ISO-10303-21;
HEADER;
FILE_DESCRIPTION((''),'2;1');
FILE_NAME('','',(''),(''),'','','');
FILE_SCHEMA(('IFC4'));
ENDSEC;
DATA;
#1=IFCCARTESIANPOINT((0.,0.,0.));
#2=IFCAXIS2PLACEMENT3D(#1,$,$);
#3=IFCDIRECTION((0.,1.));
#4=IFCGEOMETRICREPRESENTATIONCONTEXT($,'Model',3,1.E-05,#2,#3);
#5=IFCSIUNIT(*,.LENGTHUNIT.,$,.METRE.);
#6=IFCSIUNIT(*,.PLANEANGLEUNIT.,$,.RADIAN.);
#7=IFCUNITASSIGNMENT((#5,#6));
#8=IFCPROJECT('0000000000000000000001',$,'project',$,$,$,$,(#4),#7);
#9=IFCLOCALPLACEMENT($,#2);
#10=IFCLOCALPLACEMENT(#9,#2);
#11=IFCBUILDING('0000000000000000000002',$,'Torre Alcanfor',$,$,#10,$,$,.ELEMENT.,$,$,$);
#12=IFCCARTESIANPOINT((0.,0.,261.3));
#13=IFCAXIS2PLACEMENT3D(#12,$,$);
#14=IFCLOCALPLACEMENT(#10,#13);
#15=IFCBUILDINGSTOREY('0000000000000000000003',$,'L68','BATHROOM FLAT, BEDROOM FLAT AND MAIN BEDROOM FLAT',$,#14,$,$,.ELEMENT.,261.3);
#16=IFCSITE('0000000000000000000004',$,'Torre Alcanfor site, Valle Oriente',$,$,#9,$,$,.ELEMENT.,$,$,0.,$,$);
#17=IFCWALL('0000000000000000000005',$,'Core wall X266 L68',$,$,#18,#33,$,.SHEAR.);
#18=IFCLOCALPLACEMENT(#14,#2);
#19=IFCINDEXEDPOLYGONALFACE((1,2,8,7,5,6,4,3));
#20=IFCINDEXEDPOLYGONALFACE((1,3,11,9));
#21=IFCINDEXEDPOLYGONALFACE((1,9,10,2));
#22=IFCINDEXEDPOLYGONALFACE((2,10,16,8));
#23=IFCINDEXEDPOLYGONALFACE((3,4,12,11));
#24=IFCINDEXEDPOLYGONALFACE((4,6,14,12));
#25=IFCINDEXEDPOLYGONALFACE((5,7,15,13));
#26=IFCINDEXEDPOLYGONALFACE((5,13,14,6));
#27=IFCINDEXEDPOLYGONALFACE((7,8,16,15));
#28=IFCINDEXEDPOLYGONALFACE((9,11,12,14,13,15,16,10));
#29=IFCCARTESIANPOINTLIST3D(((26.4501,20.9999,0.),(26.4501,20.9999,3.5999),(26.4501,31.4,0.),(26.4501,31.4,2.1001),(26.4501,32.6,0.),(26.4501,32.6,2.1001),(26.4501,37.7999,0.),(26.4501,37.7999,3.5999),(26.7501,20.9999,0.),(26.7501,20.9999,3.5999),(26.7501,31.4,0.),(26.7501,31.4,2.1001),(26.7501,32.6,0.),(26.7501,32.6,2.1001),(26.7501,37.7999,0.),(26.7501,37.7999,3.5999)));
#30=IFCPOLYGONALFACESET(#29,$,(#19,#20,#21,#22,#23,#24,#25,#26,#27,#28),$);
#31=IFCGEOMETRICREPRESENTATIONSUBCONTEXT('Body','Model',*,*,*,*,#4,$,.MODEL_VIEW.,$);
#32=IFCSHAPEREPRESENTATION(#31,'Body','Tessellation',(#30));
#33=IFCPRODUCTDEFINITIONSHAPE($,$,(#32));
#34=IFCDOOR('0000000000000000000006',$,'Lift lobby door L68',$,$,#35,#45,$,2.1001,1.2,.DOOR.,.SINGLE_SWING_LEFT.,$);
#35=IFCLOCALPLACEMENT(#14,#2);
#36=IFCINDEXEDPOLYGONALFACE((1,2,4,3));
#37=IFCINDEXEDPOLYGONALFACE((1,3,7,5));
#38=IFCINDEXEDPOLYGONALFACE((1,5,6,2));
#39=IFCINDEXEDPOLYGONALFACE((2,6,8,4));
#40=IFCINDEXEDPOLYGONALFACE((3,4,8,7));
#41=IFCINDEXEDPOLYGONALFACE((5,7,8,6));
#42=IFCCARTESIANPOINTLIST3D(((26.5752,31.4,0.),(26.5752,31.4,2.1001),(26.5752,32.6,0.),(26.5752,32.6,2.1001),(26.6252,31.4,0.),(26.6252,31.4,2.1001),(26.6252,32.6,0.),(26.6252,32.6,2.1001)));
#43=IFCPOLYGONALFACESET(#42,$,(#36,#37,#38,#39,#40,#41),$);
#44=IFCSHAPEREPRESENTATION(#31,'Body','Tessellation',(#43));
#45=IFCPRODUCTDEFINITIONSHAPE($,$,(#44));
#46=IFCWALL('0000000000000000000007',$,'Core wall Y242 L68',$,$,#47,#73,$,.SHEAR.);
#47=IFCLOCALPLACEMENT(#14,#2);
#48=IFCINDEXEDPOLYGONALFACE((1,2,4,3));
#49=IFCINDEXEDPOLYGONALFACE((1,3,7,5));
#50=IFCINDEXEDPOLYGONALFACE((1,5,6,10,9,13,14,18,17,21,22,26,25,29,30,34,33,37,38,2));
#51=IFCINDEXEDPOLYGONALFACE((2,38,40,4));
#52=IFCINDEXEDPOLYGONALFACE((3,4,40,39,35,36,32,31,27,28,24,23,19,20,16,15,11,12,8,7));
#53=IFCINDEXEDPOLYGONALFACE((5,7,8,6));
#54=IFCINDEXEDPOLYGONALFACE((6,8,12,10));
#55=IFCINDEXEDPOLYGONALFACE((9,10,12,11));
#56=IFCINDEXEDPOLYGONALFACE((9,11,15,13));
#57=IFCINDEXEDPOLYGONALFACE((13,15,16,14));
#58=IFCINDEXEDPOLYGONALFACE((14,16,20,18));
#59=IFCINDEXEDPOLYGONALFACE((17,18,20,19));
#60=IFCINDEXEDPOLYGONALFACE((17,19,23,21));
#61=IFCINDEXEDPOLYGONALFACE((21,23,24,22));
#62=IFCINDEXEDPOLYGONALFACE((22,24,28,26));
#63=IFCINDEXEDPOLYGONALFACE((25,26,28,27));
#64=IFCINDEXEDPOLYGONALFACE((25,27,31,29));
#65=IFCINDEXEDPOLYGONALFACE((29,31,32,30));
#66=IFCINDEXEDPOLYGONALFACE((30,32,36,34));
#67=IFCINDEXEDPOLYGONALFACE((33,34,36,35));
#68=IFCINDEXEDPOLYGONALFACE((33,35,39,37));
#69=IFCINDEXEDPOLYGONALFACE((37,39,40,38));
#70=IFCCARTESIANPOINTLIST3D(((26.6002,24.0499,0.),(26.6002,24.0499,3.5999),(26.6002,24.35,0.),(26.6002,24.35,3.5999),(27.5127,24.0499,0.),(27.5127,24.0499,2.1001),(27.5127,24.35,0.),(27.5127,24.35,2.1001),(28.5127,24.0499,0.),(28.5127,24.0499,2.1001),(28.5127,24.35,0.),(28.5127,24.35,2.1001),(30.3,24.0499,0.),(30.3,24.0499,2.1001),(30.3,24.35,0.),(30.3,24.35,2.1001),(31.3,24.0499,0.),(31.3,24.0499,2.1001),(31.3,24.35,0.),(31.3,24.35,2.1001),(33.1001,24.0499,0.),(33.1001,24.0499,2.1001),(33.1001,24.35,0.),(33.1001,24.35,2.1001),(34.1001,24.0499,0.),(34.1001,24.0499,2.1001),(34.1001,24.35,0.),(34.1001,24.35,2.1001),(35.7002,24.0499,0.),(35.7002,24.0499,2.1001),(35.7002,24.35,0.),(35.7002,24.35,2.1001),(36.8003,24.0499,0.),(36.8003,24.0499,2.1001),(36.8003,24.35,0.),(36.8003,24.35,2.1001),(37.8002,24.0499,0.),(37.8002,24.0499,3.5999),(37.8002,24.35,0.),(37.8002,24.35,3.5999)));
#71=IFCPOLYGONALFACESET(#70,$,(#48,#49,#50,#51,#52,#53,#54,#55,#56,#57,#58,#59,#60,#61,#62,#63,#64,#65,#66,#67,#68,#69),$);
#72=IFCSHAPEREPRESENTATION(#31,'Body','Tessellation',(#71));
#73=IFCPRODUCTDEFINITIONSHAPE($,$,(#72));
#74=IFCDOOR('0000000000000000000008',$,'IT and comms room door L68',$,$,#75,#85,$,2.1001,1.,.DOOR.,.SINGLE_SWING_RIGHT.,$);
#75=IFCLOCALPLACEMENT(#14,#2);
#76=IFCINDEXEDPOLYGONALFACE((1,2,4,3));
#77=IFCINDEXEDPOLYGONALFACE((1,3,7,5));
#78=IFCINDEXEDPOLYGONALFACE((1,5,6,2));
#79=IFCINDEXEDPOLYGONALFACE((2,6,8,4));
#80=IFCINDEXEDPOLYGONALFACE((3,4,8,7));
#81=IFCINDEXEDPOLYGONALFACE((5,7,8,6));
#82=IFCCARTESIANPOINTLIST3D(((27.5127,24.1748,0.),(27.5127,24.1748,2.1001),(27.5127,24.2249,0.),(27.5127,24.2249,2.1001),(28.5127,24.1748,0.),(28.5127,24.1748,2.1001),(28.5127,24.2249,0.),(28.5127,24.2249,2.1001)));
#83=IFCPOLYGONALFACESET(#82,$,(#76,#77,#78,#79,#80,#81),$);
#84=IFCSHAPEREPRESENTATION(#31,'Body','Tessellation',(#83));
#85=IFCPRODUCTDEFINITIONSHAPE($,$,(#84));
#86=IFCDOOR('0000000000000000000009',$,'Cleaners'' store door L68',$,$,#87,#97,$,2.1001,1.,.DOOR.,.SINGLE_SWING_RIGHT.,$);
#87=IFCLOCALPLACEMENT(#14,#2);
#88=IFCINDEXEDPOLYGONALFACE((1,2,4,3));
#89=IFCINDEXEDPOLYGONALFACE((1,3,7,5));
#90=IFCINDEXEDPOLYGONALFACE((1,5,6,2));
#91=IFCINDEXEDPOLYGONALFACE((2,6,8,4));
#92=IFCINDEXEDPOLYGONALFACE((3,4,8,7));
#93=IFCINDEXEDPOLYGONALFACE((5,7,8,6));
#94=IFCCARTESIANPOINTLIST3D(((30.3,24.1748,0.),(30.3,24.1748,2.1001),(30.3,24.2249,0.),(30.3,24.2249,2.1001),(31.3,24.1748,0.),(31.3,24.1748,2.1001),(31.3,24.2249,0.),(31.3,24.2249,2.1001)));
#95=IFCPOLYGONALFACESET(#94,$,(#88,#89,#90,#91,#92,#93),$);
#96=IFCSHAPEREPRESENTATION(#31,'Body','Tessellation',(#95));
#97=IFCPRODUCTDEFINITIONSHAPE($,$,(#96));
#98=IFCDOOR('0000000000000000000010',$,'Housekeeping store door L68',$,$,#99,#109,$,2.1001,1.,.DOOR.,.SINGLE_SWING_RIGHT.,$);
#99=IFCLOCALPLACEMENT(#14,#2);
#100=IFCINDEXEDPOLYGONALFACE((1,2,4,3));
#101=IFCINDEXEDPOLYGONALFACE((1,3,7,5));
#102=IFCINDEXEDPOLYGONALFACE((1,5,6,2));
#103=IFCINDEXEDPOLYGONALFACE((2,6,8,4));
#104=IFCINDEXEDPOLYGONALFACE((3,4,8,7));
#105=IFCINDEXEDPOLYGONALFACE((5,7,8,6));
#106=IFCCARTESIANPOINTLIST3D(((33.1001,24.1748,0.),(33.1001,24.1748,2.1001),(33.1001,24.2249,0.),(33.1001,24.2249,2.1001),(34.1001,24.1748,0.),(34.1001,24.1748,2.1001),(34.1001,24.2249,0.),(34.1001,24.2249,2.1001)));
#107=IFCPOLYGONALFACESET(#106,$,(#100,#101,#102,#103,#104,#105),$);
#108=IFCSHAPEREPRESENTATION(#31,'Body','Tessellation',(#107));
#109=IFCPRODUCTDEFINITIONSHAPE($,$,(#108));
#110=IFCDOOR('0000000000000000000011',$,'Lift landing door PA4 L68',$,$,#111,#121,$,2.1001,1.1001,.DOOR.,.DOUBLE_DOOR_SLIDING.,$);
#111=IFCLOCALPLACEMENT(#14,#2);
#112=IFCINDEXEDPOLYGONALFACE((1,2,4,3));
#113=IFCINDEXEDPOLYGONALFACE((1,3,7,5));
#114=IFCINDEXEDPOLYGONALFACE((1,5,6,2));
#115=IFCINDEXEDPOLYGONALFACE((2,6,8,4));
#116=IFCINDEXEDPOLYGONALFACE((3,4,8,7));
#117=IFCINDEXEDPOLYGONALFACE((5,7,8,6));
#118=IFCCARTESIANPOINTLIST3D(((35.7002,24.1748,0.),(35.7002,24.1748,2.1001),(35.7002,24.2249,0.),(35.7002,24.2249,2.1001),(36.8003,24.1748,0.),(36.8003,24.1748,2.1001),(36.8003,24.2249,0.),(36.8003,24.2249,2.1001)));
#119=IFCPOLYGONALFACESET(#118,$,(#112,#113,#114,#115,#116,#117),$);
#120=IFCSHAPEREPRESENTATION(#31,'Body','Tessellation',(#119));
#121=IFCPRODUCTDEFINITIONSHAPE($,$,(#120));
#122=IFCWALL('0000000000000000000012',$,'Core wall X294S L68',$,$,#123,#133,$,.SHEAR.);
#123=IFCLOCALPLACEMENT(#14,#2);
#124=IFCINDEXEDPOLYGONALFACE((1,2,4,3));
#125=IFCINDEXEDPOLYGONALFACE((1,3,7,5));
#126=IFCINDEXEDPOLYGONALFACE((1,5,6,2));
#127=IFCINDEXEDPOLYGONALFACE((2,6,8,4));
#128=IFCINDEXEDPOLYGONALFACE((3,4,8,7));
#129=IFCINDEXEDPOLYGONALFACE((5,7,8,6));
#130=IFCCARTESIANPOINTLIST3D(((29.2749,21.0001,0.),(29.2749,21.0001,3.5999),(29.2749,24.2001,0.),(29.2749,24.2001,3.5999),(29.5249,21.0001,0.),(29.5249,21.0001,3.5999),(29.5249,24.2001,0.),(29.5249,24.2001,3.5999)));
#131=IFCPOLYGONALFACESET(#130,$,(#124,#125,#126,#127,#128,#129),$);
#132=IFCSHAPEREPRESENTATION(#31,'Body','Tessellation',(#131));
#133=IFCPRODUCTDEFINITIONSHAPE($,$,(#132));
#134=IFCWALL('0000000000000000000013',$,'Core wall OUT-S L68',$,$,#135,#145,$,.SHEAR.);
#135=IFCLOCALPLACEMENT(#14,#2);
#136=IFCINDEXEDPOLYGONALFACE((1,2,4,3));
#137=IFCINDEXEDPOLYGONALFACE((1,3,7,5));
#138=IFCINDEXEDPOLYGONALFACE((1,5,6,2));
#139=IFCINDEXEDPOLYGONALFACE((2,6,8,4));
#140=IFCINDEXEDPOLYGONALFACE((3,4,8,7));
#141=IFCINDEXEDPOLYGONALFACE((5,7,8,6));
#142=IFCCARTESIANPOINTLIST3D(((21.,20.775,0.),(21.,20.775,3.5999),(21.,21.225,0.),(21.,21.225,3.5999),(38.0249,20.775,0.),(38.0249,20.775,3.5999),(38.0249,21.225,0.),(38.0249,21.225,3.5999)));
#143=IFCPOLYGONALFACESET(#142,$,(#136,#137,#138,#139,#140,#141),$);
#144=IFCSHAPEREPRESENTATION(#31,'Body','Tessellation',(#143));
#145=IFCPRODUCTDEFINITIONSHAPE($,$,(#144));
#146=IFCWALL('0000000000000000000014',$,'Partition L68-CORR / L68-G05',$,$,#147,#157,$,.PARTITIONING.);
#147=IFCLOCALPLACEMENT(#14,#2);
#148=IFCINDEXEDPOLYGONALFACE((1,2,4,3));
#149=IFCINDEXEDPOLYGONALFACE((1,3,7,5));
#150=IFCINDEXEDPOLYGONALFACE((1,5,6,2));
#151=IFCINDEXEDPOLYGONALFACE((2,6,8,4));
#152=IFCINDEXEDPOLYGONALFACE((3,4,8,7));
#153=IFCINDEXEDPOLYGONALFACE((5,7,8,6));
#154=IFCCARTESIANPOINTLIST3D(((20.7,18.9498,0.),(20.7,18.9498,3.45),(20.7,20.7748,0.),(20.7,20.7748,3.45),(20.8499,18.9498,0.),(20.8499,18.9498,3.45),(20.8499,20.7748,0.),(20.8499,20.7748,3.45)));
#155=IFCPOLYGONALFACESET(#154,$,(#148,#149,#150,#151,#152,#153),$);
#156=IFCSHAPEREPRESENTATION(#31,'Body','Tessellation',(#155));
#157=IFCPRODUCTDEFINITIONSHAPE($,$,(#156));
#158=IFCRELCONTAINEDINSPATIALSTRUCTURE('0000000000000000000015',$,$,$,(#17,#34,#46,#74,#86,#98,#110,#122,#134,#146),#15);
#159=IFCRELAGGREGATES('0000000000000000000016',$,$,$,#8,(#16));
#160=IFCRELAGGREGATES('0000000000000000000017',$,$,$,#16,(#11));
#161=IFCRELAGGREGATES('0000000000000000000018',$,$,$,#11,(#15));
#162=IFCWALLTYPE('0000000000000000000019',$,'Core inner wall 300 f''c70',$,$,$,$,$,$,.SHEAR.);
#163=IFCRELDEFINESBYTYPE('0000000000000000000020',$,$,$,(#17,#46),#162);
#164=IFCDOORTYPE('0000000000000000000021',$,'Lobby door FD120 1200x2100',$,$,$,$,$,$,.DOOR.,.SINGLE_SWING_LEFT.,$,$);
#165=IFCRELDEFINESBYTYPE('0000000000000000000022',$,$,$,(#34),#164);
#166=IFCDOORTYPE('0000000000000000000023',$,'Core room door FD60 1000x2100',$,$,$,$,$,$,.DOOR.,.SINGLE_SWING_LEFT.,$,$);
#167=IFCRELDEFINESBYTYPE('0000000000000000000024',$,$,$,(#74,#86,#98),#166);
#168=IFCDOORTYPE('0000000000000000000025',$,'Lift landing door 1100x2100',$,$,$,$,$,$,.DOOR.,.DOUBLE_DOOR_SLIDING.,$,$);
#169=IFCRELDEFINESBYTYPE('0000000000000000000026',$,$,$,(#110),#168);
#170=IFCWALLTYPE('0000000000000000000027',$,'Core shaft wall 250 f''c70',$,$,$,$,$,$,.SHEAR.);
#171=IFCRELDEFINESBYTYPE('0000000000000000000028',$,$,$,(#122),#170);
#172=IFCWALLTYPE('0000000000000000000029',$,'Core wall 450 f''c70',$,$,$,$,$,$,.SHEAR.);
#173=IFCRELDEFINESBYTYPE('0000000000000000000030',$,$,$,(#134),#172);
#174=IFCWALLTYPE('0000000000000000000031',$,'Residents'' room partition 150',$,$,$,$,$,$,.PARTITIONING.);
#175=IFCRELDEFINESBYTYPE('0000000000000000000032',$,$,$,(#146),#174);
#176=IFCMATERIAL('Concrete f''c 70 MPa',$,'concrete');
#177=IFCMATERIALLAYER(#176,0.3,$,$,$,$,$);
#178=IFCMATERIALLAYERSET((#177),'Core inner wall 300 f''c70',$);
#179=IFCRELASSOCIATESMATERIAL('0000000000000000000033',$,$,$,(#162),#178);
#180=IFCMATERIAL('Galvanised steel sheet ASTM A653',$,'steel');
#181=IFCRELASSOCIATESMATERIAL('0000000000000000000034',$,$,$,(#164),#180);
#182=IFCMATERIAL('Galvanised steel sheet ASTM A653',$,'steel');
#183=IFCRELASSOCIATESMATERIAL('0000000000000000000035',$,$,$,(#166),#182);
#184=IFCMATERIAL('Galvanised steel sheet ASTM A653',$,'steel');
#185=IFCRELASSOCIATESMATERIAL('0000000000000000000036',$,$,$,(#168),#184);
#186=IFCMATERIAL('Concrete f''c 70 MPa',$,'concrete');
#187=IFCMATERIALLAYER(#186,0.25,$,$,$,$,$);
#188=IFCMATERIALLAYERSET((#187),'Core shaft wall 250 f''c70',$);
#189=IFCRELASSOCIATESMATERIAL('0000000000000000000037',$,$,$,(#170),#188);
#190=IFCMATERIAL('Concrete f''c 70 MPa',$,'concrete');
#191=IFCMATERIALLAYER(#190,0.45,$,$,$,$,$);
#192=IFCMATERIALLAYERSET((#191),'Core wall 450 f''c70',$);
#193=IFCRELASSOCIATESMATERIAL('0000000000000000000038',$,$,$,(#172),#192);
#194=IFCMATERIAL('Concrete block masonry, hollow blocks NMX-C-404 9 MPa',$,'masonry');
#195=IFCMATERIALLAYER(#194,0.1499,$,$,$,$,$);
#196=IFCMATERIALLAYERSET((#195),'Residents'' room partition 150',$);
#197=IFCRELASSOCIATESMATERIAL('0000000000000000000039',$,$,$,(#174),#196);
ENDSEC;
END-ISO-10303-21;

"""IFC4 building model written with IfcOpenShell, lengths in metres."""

from ifc_helpers import new_model, si_unit, direction, frame, frame_2d, origin, place, context, subcontext, project, spatial, rectangle, extrude, material, layer, layer_set, type_object, element, fill, save


model = new_model("IFC4")

# Units and contexts
model_context = context("Model", 3, precision=1e-05, world=origin(), true_north=direction((0.0, 1.0)))
body_context = subcontext(model_context, "Body", "Model", "MODEL_VIEW")
ifc_project = project(units=[si_unit("LENGTHUNIT", "METRE"), si_unit("PLANEANGLEUNIT", "RADIAN")], contexts=[model_context])

# Site, building, storey
site_placement = place(None, origin())
site = spatial("IfcSite", under=ifc_project, at=site_placement, Name="Torre Alcanfor site, Valle Oriente", CompositionType="ELEMENT", RefElevation=0.0)
building_placement = place(site_placement, origin())
building = spatial("IfcBuilding", under=site, at=building_placement, Name="Torre Alcanfor", CompositionType="ELEMENT")
storey_placement = place(building_placement, frame((0.0, 0.0, 261.3)))
storey = spatial("IfcBuildingStorey", under=building, at=storey_placement, Name="L68", Description="BATHROOM FLAT, BEDROOM FLAT AND MAIN BEDROOM FLAT", CompositionType="ELEMENT", Elevation=261.3)

# Wall, opening, door
ifc_material_1 = material(Name="Concrete f'c 70 MPa", Category="concrete")
ifc_layer_1 = layer(ifc_material_1, 0.3)
ifc_layer_set_1 = layer_set([ifc_layer_1], Name="Core inner wall 300 f'c70")
wall_type_1 = type_object("IfcWallType", Name="Core inner wall 300 f'c70", PredefinedType="SHEAR", material=ifc_layer_set_1)
wall_1_placement = place(storey_placement, frame((26.6001, 21.0, 0.0), z_axis=(0.0, 0.0, 1.0), x_axis=(0.0, 1.0, 0.0)))
wall_1 = element("IfcWall", 1, at=wall_1_placement, inside=storey, type_object=wall_type_1, Name="Core wall X266 L68", PredefinedType="SHEAR", context=body_context, shape_type="SweptSolid", body=[
    extrude(rectangle(XDim=16.8, YDim=0.3, at=frame_2d((8.3999, 0.0))), origin(), (0.0, 0.0, 1.0), 3.5999),
])
opening_1_placement = place(wall_1_placement, frame((10.3999, 0.0, 0.0)))
opening_1 = element("IfcOpeningElement", 2, at=opening_1_placement, cuts=wall_1, PredefinedType="OPENING", context=body_context, shape_type="SweptSolid", body=[
    extrude(rectangle(XDim=1.2, YDim=2.1001, at=frame_2d((0.6001, 1.05))), frame((0.0, 0.1599, 0.0), z_axis=(0.0, -1.0, 0.0), x_axis=(1.0, 0.0, 0.0)), (0.0, 0.0, 1.0), 0.3201),
])
ifc_material_2 = material(Name="Galvanised steel sheet ASTM A653", Category="steel")
door_type_1 = type_object("IfcDoorType", Name="Lobby door FD120 1200x2100", OperationType="SINGLE_SWING_LEFT", PredefinedType="DOOR", material=ifc_material_2)
door_1_placement = place(opening_1_placement, origin())
door_1 = element("IfcDoor", 3, at=door_1_placement, inside=storey, type_object=door_type_1, Name="Lift lobby door L68", OperationType="SINGLE_SWING_LEFT", OverallHeight=2.1001, OverallWidth=1.2, PredefinedType="DOOR", context=body_context, shape_type="SweptSolid", body=[
    extrude(rectangle(XDim=1.2, YDim=2.1001, at=frame_2d((0.6001, 1.05))), frame((0.0, 0.0249, 0.0), z_axis=(0.0, -1.0, 0.0), x_axis=(1.0, 0.0, 0.0)), (0.0, 0.0, 1.0), 0.05),
])
fill(opening_1, door_1)

# Wall, openings, doors
wall_2_placement = place(storey_placement, frame((26.6001, 24.2, 0.0), z_axis=(0.0, 0.0, 1.0), x_axis=(1.0, 0.0, 0.0)))
wall_2 = element("IfcWall", 4, at=wall_2_placement, inside=storey, type_object=wall_type_1, Name="Core wall Y242 L68", PredefinedType="SHEAR", context=body_context, shape_type="SweptSolid", body=[
    extrude(rectangle(XDim=11.2, YDim=0.3, at=frame_2d((5.6001, 0.0))), origin(), (0.0, 0.0, 1.0), 3.5999),
])
opening_2_placement = place(wall_2_placement, frame((0.9126, 0.0, 0.0)))
opening_2 = element("IfcOpeningElement", 5, at=opening_2_placement, cuts=wall_2, PredefinedType="OPENING", context=body_context, shape_type="SweptSolid", body=[
    extrude(rectangle(XDim=1.0, YDim=2.1001, at=frame_2d((0.5, 1.05))), frame((0.0, 0.1599, 0.0), z_axis=(0.0, -1.0, 0.0), x_axis=(1.0, 0.0, 0.0)), (0.0, 0.0, 1.0), 0.3201),
])
opening_3_placement = place(wall_2_placement, frame((3.7, 0.0, 0.0)))
opening_3 = element("IfcOpeningElement", 6, at=opening_3_placement, cuts=wall_2, PredefinedType="OPENING", context=body_context, shape_type="SweptSolid", body=[
    extrude(rectangle(XDim=1.0, YDim=2.1001, at=frame_2d((0.5, 1.05))), frame((0.0, 0.1599, 0.0), z_axis=(0.0, -1.0, 0.0), x_axis=(1.0, 0.0, 0.0)), (0.0, 0.0, 1.0), 0.3201),
])
opening_4_placement = place(wall_2_placement, frame((6.5, 0.0, 0.0)))
opening_4 = element("IfcOpeningElement", 7, at=opening_4_placement, cuts=wall_2, PredefinedType="OPENING", context=body_context, shape_type="SweptSolid", body=[
    extrude(rectangle(XDim=1.0, YDim=2.1001, at=frame_2d((0.5, 1.05))), frame((0.0, 0.1599, 0.0), z_axis=(0.0, -1.0, 0.0), x_axis=(1.0, 0.0, 0.0)), (0.0, 0.0, 1.0), 0.3201),
])
opening_5_placement = place(wall_2_placement, frame((9.1001, 0.0, 0.0)))
opening_5 = element("IfcOpeningElement", 8, at=opening_5_placement, cuts=wall_2, PredefinedType="OPENING", context=body_context, shape_type="SweptSolid", body=[
    extrude(rectangle(XDim=1.1001, YDim=2.1001, at=frame_2d((0.55, 1.05))), frame((0.0, 0.1599, 0.0), z_axis=(0.0, -1.0, 0.0), x_axis=(1.0, 0.0, 0.0)), (0.0, 0.0, 1.0), 0.3201),
])
ifc_material_3 = material(Name="Galvanised steel sheet ASTM A653", Category="steel")
door_type_2 = type_object("IfcDoorType", Name="Core room door FD60 1000x2100", OperationType="SINGLE_SWING_LEFT", PredefinedType="DOOR", material=ifc_material_3)
door_2_placement = place(opening_2_placement, frame((1.0, 0.0, 0.0), z_axis=(0.0, 0.0, 1.0), x_axis=(-1.0, 0.0, 0.0)))
door_2 = element("IfcDoor", 9, at=door_2_placement, inside=storey, type_object=door_type_2, Name="IT and comms room door L68", OperationType="SINGLE_SWING_RIGHT", OverallHeight=2.1001, OverallWidth=1.0, PredefinedType="DOOR", context=body_context, shape_type="SweptSolid", body=[
    extrude(rectangle(XDim=1.0, YDim=2.1001, at=frame_2d((0.5, 1.05))), frame((0.0, 0.0251, 0.0), z_axis=(0.0, -1.0, 0.0), x_axis=(1.0, 0.0, 0.0)), (0.0, 0.0, 1.0), 0.05),
])
fill(opening_2, door_2)
door_3_placement = place(opening_3_placement, frame((1.0, 0.0, 0.0), z_axis=(0.0, 0.0, 1.0), x_axis=(-1.0, 0.0, 0.0)))
door_3 = element("IfcDoor", 10, at=door_3_placement, inside=storey, type_object=door_type_2, Name="Cleaners' store door L68", OperationType="SINGLE_SWING_RIGHT", OverallHeight=2.1001, OverallWidth=1.0, PredefinedType="DOOR", context=body_context, shape_type="SweptSolid", body=[
    extrude(rectangle(XDim=1.0, YDim=2.1001, at=frame_2d((0.5, 1.05))), frame((0.0, 0.0251, 0.0), z_axis=(0.0, -1.0, 0.0), x_axis=(1.0, 0.0, 0.0)), (0.0, 0.0, 1.0), 0.05),
])
fill(opening_3, door_3)
door_4_placement = place(opening_4_placement, frame((1.0, 0.0, 0.0), z_axis=(0.0, 0.0, 1.0), x_axis=(-1.0, 0.0, 0.0)))
door_4 = element("IfcDoor", 11, at=door_4_placement, inside=storey, type_object=door_type_2, Name="Housekeeping store door L68", OperationType="SINGLE_SWING_RIGHT", OverallHeight=2.1001, OverallWidth=1.0, PredefinedType="DOOR", context=body_context, shape_type="SweptSolid", body=[
    extrude(rectangle(XDim=1.0, YDim=2.1001, at=frame_2d((0.5, 1.05))), frame((0.0, 0.0251, 0.0), z_axis=(0.0, -1.0, 0.0), x_axis=(1.0, 0.0, 0.0)), (0.0, 0.0, 1.0), 0.05),
])
fill(opening_4, door_4)
ifc_material_4 = material(Name="Galvanised steel sheet ASTM A653", Category="steel")
door_type_3 = type_object("IfcDoorType", Name="Lift landing door 1100x2100", OperationType="DOUBLE_DOOR_SLIDING", PredefinedType="DOOR", material=ifc_material_4)
door_5_placement = place(opening_5_placement, origin())
door_5 = element("IfcDoor", 12, at=door_5_placement, inside=storey, type_object=door_type_3, Name="Lift landing door PA4 L68", OperationType="DOUBLE_DOOR_SLIDING", OverallHeight=2.1001, OverallWidth=1.1001, PredefinedType="DOOR", context=body_context, shape_type="SweptSolid", body=[
    extrude(rectangle(XDim=1.1001, YDim=2.1001, at=frame_2d((0.55, 1.05))), frame((0.0, 0.0249, 0.0), z_axis=(0.0, -1.0, 0.0), x_axis=(1.0, 0.0, 0.0)), (0.0, 0.0, 1.0), 0.05),
])
fill(opening_5, door_5)

# Walls
ifc_material_5 = material(Name="Concrete f'c 70 MPa", Category="concrete")
ifc_layer_2 = layer(ifc_material_5, 0.25)
ifc_layer_set_2 = layer_set([ifc_layer_2], Name="Core shaft wall 250 f'c70")
wall_type_2 = type_object("IfcWallType", Name="Core shaft wall 250 f'c70", PredefinedType="SHEAR", material=ifc_layer_set_2)
wall_3_placement = place(storey_placement, frame((29.3999, 21.0, 0.0), z_axis=(0.0, 0.0, 1.0), x_axis=(0.0, 1.0, 0.0)))
element("IfcWall", 13, at=wall_3_placement, inside=storey, type_object=wall_type_2, Name="Core wall X294S L68", PredefinedType="SHEAR", context=body_context, shape_type="SweptSolid", body=[
    extrude(rectangle(XDim=3.2, YDim=0.25, at=frame_2d((1.6001, 0.0))), origin(), (0.0, 0.0, 1.0), 3.5999),
])
ifc_material_6 = material(Name="Concrete f'c 70 MPa", Category="concrete")
ifc_layer_3 = layer(ifc_material_6, 0.45)
ifc_layer_set_3 = layer_set([ifc_layer_3], Name="Core wall 450 f'c70")
wall_type_3 = type_object("IfcWallType", Name="Core wall 450 f'c70", PredefinedType="SHEAR", material=ifc_layer_set_3)
wall_4_placement = place(storey_placement, frame((21.0, 21.0, 0.0), z_axis=(0.0, 0.0, 1.0), x_axis=(1.0, 0.0, 0.0)))
element("IfcWall", 14, at=wall_4_placement, inside=storey, type_object=wall_type_3, Name="Core wall OUT-S L68", PredefinedType="SHEAR", context=body_context, shape_type="SweptSolid", body=[
    extrude(rectangle(XDim=17.0249, YDim=0.45, at=frame_2d((8.5125, 0.0))), origin(), (0.0, 0.0, 1.0), 3.5999),
])
ifc_material_7 = material(Name="Concrete block masonry, hollow blocks NMX-C-404 9 MPa", Category="masonry")
ifc_layer_4 = layer(ifc_material_7, 0.1499)
ifc_layer_set_4 = layer_set([ifc_layer_4], Name="Residents' room partition 150")
wall_type_4 = type_object("IfcWallType", Name="Residents' room partition 150", PredefinedType="PARTITIONING", material=ifc_layer_set_4)
wall_5_placement = place(storey_placement, frame((20.7749, 20.7749, 0.0), z_axis=(0.0, 0.0, 1.0), x_axis=(0.0, -1.0, 0.0)))
element("IfcWall", 15, at=wall_5_placement, inside=storey, type_object=wall_type_4, Name="Partition L68-CORR / L68-G05", PredefinedType="PARTITIONING", context=body_context, shape_type="SweptSolid", body=[
    extrude(rectangle(XDim=1.825, YDim=0.1499, at=frame_2d((0.9126, 0.0))), origin(), (0.0, 0.0, 1.0), 3.45),
])

save(model, "model.ifc")
